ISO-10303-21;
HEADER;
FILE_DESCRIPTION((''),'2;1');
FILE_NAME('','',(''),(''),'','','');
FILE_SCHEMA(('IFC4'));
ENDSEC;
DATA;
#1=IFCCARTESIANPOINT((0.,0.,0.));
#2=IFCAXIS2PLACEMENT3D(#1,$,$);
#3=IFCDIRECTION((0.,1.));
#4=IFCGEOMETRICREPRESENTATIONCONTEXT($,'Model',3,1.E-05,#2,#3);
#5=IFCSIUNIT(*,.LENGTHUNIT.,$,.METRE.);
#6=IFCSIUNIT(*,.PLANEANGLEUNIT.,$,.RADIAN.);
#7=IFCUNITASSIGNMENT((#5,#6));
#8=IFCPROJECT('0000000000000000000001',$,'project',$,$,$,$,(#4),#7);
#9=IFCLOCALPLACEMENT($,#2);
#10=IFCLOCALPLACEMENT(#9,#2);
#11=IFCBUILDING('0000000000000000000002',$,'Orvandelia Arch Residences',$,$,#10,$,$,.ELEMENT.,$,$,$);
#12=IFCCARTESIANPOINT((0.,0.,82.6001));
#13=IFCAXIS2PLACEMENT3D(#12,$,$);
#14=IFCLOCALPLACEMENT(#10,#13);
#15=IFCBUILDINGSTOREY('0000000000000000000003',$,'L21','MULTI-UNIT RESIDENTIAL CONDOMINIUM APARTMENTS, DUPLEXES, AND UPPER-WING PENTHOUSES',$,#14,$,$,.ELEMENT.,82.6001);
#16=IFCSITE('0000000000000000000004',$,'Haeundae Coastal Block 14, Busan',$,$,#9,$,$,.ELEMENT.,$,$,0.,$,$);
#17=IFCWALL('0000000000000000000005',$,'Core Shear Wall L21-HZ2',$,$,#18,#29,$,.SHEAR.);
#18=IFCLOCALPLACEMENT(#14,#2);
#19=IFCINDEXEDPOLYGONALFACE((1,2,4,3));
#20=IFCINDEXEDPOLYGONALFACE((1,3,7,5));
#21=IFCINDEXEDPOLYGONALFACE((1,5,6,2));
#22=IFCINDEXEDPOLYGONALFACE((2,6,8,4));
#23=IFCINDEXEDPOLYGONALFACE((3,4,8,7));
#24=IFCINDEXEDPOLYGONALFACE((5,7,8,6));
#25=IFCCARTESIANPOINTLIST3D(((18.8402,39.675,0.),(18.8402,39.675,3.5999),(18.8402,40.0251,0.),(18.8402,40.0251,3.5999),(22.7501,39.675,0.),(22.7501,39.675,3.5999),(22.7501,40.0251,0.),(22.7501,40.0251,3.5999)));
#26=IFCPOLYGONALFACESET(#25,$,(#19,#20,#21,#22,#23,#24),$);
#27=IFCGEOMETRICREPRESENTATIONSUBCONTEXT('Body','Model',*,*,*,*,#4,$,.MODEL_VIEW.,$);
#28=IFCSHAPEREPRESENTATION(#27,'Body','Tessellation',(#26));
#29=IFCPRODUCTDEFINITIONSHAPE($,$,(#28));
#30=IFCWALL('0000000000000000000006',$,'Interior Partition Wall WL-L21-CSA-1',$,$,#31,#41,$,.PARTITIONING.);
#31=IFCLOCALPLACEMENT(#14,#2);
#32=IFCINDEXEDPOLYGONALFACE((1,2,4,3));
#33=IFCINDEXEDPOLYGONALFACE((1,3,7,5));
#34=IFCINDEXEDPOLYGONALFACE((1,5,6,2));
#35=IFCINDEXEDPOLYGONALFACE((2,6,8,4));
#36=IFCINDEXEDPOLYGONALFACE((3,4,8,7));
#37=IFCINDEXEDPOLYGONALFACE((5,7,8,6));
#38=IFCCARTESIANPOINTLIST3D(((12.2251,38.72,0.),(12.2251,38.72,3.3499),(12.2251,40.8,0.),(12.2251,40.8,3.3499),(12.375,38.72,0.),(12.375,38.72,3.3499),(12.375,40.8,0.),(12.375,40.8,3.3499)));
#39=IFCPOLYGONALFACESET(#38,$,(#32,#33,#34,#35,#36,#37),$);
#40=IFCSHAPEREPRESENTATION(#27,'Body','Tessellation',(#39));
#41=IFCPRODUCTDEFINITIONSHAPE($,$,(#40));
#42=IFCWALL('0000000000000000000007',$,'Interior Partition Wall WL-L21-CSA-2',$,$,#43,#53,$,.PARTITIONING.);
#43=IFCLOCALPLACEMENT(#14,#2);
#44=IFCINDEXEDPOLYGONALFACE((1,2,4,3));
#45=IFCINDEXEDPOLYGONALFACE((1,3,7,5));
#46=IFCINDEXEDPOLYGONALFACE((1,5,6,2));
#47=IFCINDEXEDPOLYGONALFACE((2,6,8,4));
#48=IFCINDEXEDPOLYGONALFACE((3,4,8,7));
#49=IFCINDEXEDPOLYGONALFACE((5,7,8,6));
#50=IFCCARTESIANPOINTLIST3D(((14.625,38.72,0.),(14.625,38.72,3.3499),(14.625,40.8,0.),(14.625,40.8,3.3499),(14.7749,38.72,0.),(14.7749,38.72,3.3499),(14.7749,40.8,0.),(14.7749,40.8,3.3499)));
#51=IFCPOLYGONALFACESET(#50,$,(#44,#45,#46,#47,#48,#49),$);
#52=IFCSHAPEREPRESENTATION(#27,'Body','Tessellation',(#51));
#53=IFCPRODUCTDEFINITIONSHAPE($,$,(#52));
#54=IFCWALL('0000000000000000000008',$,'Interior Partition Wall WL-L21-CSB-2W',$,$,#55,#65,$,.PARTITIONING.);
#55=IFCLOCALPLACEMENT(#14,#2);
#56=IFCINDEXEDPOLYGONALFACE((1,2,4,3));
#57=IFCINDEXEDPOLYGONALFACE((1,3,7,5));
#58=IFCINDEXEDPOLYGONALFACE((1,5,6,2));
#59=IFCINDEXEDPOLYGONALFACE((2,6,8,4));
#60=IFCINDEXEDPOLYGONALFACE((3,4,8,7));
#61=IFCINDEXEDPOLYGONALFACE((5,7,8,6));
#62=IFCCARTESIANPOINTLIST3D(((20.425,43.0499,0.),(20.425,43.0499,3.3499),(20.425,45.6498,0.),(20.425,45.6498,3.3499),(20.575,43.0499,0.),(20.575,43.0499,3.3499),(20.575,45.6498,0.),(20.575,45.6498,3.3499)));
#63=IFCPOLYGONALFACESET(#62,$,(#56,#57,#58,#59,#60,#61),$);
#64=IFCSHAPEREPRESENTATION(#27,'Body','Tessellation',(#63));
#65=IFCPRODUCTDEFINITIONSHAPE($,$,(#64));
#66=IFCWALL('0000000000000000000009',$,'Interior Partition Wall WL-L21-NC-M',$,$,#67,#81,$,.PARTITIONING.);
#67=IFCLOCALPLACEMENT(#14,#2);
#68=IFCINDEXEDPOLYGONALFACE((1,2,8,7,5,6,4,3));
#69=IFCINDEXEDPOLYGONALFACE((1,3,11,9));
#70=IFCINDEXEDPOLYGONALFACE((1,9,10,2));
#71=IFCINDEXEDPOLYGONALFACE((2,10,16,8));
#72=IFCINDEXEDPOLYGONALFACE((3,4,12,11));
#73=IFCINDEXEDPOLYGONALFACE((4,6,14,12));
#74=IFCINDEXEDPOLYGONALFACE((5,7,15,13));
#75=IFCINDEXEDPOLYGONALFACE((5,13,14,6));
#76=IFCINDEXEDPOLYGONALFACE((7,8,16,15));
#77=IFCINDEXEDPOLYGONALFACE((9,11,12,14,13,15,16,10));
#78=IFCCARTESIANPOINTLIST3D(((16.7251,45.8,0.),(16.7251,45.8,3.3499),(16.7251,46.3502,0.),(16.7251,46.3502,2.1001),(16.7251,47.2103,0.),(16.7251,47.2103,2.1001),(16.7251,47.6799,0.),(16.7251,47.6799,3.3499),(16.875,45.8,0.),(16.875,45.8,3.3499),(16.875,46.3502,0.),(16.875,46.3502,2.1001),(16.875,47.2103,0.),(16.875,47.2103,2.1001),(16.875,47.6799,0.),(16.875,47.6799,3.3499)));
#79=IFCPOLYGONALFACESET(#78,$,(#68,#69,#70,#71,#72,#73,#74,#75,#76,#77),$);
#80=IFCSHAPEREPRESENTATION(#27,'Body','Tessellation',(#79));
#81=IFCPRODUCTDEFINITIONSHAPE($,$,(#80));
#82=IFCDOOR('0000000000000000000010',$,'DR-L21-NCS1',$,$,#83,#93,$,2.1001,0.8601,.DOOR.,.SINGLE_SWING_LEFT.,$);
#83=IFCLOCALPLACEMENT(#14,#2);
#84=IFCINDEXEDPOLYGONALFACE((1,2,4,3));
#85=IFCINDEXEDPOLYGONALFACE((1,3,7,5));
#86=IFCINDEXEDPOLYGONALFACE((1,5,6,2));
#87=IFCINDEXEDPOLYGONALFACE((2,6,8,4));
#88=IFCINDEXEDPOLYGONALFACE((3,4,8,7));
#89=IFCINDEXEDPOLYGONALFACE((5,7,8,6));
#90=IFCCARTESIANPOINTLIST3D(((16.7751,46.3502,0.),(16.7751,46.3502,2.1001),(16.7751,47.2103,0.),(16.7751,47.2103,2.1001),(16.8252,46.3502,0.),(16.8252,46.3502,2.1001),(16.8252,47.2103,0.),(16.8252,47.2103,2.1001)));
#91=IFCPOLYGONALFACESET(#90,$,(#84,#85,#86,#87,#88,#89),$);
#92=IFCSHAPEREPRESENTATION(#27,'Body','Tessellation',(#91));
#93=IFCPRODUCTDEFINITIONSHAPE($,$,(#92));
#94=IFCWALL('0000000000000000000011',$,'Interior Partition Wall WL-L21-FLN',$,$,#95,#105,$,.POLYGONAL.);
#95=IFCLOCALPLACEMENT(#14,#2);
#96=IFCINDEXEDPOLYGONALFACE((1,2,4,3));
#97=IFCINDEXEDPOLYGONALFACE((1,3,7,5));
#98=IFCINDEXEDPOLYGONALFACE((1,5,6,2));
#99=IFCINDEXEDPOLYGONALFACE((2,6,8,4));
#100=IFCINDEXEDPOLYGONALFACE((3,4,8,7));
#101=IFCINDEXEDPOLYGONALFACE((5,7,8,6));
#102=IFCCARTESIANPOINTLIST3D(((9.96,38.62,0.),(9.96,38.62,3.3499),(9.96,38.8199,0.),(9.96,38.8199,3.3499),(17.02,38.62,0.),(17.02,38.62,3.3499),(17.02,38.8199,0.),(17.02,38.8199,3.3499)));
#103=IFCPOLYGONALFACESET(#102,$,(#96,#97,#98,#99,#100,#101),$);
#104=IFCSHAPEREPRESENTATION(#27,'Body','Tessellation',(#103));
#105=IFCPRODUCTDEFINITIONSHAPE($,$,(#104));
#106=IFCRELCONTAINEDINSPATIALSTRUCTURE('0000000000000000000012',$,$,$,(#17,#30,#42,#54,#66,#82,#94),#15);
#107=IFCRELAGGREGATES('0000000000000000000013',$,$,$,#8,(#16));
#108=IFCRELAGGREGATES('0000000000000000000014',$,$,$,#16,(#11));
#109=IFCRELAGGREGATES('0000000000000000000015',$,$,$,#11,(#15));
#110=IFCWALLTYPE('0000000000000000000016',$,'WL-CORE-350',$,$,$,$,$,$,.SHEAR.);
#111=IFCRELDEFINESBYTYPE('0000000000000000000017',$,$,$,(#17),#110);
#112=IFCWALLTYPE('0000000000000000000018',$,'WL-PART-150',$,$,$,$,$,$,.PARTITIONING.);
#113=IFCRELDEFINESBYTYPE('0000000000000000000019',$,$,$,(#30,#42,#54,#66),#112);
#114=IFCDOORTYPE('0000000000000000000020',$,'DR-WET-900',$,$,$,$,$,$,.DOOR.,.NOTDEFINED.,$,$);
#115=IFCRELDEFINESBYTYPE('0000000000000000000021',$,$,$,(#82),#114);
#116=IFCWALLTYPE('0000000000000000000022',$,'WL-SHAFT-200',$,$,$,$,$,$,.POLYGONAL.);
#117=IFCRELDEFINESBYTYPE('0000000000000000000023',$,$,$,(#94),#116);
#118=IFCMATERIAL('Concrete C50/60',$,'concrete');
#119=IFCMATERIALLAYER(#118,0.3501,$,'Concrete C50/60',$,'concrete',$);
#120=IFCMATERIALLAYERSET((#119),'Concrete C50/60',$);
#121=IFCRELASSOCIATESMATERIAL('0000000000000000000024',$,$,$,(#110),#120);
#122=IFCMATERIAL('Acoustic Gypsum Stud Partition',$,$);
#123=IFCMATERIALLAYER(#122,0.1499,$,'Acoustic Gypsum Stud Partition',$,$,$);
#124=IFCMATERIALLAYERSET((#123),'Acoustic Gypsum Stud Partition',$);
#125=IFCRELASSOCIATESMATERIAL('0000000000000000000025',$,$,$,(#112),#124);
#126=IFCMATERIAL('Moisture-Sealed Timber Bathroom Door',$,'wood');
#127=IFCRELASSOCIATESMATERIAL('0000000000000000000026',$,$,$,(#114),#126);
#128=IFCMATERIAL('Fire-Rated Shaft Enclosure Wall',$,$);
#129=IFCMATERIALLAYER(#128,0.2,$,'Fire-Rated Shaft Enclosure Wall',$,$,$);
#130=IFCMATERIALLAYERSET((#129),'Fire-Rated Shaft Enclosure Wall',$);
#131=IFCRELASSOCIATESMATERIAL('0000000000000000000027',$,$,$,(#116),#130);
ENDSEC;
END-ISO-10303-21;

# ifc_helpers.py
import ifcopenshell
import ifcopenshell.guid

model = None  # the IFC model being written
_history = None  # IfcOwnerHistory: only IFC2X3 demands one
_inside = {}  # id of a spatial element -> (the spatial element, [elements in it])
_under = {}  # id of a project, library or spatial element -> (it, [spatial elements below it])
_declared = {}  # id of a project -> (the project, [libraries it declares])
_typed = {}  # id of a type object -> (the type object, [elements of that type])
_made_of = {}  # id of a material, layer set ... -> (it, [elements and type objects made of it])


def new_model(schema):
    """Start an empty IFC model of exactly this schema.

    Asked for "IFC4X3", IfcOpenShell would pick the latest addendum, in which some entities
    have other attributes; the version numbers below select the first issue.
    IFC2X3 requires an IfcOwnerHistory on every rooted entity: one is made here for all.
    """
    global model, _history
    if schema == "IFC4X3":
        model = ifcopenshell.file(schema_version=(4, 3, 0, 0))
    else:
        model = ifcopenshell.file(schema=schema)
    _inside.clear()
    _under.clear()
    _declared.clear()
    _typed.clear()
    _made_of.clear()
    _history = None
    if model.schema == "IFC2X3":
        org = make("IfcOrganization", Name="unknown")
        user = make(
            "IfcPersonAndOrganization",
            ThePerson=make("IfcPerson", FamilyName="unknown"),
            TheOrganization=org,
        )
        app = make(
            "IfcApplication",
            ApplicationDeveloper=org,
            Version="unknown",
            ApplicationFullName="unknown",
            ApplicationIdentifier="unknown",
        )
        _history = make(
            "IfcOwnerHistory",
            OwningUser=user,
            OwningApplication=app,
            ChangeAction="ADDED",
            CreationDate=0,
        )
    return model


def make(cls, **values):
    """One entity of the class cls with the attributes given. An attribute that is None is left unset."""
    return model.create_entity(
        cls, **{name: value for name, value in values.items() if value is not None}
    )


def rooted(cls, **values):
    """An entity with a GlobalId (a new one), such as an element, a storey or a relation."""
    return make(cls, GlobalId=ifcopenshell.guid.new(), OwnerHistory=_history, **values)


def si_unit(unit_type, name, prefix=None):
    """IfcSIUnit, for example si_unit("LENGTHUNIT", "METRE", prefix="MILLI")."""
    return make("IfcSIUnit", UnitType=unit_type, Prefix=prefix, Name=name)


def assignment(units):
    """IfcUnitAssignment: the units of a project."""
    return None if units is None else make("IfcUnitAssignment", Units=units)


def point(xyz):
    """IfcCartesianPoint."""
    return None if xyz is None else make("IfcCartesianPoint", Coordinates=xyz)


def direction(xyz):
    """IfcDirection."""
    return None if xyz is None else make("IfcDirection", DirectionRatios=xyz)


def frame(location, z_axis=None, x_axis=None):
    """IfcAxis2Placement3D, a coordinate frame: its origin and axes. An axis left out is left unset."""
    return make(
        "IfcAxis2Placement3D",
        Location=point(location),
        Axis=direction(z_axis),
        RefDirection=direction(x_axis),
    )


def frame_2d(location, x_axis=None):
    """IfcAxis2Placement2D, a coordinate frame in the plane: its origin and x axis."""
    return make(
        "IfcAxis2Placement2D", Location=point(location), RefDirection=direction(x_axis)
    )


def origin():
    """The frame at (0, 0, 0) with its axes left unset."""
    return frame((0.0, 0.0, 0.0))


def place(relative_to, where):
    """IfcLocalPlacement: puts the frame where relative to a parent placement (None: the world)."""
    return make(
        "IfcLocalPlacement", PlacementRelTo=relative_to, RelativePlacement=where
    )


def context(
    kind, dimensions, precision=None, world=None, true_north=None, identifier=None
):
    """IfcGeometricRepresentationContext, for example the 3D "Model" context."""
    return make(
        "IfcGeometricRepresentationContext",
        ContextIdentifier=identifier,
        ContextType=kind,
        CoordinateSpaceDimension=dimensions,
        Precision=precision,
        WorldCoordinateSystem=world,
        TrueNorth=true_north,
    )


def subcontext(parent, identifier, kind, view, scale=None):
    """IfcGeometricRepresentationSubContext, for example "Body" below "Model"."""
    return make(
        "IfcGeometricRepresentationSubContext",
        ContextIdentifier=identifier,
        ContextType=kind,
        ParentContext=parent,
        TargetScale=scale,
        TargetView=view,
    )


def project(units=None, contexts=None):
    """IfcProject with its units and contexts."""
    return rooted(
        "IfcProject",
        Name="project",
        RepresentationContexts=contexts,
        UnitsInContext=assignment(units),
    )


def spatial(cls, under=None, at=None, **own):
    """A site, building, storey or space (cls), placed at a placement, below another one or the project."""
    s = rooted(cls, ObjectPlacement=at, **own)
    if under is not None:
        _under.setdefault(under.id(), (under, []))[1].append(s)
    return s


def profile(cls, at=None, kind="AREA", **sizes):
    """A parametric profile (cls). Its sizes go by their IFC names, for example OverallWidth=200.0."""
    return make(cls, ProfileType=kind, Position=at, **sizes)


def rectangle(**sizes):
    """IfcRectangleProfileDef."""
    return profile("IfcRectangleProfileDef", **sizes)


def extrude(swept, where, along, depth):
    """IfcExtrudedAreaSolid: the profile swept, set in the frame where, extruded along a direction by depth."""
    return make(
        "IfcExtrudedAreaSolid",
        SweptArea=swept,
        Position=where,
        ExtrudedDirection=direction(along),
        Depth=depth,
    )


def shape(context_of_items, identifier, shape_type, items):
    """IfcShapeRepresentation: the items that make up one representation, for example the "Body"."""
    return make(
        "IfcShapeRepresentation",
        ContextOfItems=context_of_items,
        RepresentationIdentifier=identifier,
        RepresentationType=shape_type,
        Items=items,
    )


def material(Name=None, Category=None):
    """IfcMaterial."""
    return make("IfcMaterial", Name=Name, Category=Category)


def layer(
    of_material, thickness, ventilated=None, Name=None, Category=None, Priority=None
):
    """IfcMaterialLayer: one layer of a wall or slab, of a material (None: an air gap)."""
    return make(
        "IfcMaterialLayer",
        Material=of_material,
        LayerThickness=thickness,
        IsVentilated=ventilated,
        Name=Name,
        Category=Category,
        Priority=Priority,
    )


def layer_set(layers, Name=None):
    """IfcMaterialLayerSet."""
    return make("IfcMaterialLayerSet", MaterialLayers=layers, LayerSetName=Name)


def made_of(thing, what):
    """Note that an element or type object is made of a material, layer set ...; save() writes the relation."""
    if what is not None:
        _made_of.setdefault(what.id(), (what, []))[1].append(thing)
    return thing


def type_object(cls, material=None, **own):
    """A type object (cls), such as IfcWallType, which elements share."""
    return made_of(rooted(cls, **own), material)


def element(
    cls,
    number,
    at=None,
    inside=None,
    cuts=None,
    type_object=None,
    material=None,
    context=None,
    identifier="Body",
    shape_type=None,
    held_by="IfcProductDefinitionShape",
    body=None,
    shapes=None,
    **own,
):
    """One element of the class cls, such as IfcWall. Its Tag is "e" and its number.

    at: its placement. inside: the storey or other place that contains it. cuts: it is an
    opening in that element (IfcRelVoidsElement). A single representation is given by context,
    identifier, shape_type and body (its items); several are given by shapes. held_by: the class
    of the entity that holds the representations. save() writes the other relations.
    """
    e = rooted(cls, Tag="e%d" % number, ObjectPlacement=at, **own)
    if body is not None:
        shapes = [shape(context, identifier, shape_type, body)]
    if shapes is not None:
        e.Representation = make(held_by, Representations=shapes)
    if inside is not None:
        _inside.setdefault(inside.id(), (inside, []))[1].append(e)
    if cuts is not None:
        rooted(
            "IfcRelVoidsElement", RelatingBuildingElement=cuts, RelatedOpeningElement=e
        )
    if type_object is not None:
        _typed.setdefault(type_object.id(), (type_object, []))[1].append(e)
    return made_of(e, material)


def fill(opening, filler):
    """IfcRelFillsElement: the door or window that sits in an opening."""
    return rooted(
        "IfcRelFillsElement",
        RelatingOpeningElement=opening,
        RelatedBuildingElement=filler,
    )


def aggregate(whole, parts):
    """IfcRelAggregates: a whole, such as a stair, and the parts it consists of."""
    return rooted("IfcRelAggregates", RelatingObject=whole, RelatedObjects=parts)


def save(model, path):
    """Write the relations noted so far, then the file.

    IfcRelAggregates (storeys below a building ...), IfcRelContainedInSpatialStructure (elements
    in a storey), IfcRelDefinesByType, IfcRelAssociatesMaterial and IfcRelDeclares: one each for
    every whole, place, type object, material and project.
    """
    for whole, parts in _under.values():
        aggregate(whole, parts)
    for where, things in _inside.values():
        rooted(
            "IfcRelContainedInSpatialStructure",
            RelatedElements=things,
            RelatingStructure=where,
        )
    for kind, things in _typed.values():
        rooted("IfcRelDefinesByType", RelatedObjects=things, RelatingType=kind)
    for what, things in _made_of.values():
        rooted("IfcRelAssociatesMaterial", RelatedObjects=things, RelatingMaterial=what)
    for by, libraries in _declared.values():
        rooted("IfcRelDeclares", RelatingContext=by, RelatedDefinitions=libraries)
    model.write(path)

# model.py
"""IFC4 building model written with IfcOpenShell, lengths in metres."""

from ifc_helpers import new_model, si_unit, direction, frame, frame_2d, origin, place, context, subcontext, project, spatial, rectangle, extrude, material, layer, layer_set, type_object, element, fill, save


model = new_model("IFC4")

# Units and contexts
model_context = context("Model", 3, precision=1e-05, world=origin(), true_north=direction((0.0, 1.0)))
body_context = subcontext(model_context, "Body", "Model", "MODEL_VIEW")
ifc_project = project(units=[si_unit("LENGTHUNIT", "METRE"), si_unit("PLANEANGLEUNIT", "RADIAN")], contexts=[model_context])

# Site, building, storey
site_placement = place(None, origin())
site = spatial("IfcSite", under=ifc_project, at=site_placement, Name="Haeundae Coastal Block 14, Busan", CompositionType="ELEMENT", RefElevation=0.0)
building_placement = place(site_placement, origin())
building = spatial("IfcBuilding", under=site, at=building_placement, Name="Orvandelia Arch Residences", CompositionType="ELEMENT")
storey_placement = place(building_placement, frame((0.0, 0.0, 82.6001)))
storey = spatial("IfcBuildingStorey", under=building, at=storey_placement, Name="L21", Description="MULTI-UNIT RESIDENTIAL CONDOMINIUM APARTMENTS, DUPLEXES, AND UPPER-WING PENTHOUSES", CompositionType="ELEMENT", Elevation=82.6001)

# Walls
ifc_material_1 = material(Name="Concrete C50/60", Category="concrete")
ifc_layer_1 = layer(ifc_material_1, 0.3501, Name="Concrete C50/60", Category="concrete")
ifc_layer_set_1 = layer_set([ifc_layer_1], Name="Concrete C50/60")
wall_type_1 = type_object("IfcWallType", Name="WL-CORE-350", PredefinedType="SHEAR", material=ifc_layer_set_1)
wall_1_placement = place(storey_placement, frame((18.8401, 39.8501, 0.0), z_axis=(0.0, 0.0, 1.0), x_axis=(1.0, 0.0, 0.0)))
element("IfcWall", 1, at=wall_1_placement, inside=storey, type_object=wall_type_1, Name="Core Shear Wall L21-HZ2", PredefinedType="SHEAR", context=body_context, shape_type="SweptSolid", body=[
    extrude(rectangle(XDim=3.9099, YDim=0.3501, at=frame_2d((1.9551, 0.0))), origin(), (0.0, 0.0, 1.0), 3.5999),
])
ifc_material_2 = material(Name="Acoustic Gypsum Stud Partition")
ifc_layer_2 = layer(ifc_material_2, 0.1499, Name="Acoustic Gypsum Stud Partition")
ifc_layer_set_2 = layer_set([ifc_layer_2], Name="Acoustic Gypsum Stud Partition")
wall_type_2 = type_object("IfcWallType", Name="WL-PART-150", PredefinedType="PARTITIONING", material=ifc_layer_set_2)
for number, where, z_axis, x_axis, name in (
    (2, (12.3, 38.72, 0.0), (0.0, 0.0, 1.0), (0.0, 1.0, 0.0), "Interior Partition Wall WL-L21-CSA-1"),
    (3, (14.7, 38.72, 0.0), (0.0, 0.0, 1.0), (0.0, 1.0, 0.0), "Interior Partition Wall WL-L21-CSA-2"),
):
    element("IfcWall", number, at=place(storey_placement, frame(where, z_axis=z_axis, x_axis=x_axis)), inside=storey, type_object=wall_type_2, Name=name, PredefinedType="PARTITIONING", context=body_context, shape_type="SweptSolid", body=[
        extrude(rectangle(XDim=2.0801, YDim=0.1499, at=frame_2d((1.04, 0.0))), origin(), (0.0, 0.0, 1.0), 3.3499),
    ])
wall_2_placement = place(storey_placement, frame((20.5, 43.05, 0.0), z_axis=(0.0, 0.0, 1.0), x_axis=(0.0, 1.0, 0.0)))
element("IfcWall", 4, at=wall_2_placement, inside=storey, type_object=wall_type_2, Name="Interior Partition Wall WL-L21-CSB-2W", PredefinedType="PARTITIONING", context=body_context, shape_type="SweptSolid", body=[
    extrude(rectangle(XDim=2.5999, YDim=0.1499, at=frame_2d((1.2998, 0.0))), origin(), (0.0, 0.0, 1.0), 3.3499),
])

# Wall, opening, door
wall_3_placement = place(storey_placement, frame((16.8, 45.8, 0.0), z_axis=(0.0, 0.0, 1.0), x_axis=(0.0, 1.0, 0.0)))
wall_3 = element("IfcWall", 5, at=wall_3_placement, inside=storey, type_object=wall_type_2, Name="Interior Partition Wall WL-L21-NC-M", PredefinedType="PARTITIONING", context=body_context, shape_type="SweptSolid", body=[
    extrude(rectangle(XDim=1.8799, YDim=0.1499, at=frame_2d((0.9399, 0.0))), origin(), (0.0, 0.0, 1.0), 3.3499),
])
opening_1_placement = place(wall_3_placement, frame((0.55, 0.0, 0.0)))
opening_1 = element("IfcOpeningElement", 6, at=opening_1_placement, cuts=wall_3, PredefinedType="OPENING", context=body_context, shape_type="SweptSolid", body=[
    extrude(rectangle(XDim=0.8601, YDim=2.1001, at=frame_2d((0.4302, 1.05))), frame((0.0, 0.085, 0.0), z_axis=(0.0, -1.0, 0.0), x_axis=(1.0, 0.0, 0.0)), (0.0, 0.0, 1.0), 0.1699),
])
ifc_material_3 = material(Name="Moisture-Sealed Timber Bathroom Door", Category="wood")
door_type_1 = type_object("IfcDoorType", Name="DR-WET-900", OperationType="NOTDEFINED", PredefinedType="DOOR", material=ifc_material_3)
door_1_placement = place(opening_1_placement, origin())
door_1 = element("IfcDoor", 7, at=door_1_placement, inside=storey, type_object=door_type_1, Name="DR-L21-NCS1", OperationType="SINGLE_SWING_LEFT", OverallHeight=2.1001, OverallWidth=0.8601, PredefinedType="DOOR", context=body_context, shape_type="SweptSolid", body=[
    extrude(rectangle(XDim=0.8601, YDim=2.1001, at=frame_2d((0.4302, 1.05))), frame((0.0, 0.0249, 0.0), z_axis=(0.0, -1.0, 0.0), x_axis=(1.0, 0.0, 0.0)), (0.0, 0.0, 1.0), 0.05),
])
fill(opening_1, door_1)

# Wall
ifc_material_4 = material(Name="Fire-Rated Shaft Enclosure Wall")
ifc_layer_3 = layer(ifc_material_4, 0.2, Name="Fire-Rated Shaft Enclosure Wall")
ifc_layer_set_3 = layer_set([ifc_layer_3], Name="Fire-Rated Shaft Enclosure Wall")
wall_type_3 = type_object("IfcWallType", Name="WL-SHAFT-200", PredefinedType="POLYGONAL", material=ifc_layer_set_3)
wall_4_placement = place(storey_placement, frame((9.96, 38.72, 0.0), z_axis=(0.0, 0.0, 1.0), x_axis=(1.0, 0.0, 0.0)))
element("IfcWall", 8, at=wall_4_placement, inside=storey, type_object=wall_type_3, Name="Interior Partition Wall WL-L21-FLN", PredefinedType="POLYGONAL", context=body_context, shape_type="SweptSolid", body=[
    extrude(rectangle(XDim=7.0601, YDim=0.2, at=frame_2d((3.53, 0.0))), origin(), (0.0, 0.0, 1.0), 3.3499),
])

save(model, "model.ifc")
